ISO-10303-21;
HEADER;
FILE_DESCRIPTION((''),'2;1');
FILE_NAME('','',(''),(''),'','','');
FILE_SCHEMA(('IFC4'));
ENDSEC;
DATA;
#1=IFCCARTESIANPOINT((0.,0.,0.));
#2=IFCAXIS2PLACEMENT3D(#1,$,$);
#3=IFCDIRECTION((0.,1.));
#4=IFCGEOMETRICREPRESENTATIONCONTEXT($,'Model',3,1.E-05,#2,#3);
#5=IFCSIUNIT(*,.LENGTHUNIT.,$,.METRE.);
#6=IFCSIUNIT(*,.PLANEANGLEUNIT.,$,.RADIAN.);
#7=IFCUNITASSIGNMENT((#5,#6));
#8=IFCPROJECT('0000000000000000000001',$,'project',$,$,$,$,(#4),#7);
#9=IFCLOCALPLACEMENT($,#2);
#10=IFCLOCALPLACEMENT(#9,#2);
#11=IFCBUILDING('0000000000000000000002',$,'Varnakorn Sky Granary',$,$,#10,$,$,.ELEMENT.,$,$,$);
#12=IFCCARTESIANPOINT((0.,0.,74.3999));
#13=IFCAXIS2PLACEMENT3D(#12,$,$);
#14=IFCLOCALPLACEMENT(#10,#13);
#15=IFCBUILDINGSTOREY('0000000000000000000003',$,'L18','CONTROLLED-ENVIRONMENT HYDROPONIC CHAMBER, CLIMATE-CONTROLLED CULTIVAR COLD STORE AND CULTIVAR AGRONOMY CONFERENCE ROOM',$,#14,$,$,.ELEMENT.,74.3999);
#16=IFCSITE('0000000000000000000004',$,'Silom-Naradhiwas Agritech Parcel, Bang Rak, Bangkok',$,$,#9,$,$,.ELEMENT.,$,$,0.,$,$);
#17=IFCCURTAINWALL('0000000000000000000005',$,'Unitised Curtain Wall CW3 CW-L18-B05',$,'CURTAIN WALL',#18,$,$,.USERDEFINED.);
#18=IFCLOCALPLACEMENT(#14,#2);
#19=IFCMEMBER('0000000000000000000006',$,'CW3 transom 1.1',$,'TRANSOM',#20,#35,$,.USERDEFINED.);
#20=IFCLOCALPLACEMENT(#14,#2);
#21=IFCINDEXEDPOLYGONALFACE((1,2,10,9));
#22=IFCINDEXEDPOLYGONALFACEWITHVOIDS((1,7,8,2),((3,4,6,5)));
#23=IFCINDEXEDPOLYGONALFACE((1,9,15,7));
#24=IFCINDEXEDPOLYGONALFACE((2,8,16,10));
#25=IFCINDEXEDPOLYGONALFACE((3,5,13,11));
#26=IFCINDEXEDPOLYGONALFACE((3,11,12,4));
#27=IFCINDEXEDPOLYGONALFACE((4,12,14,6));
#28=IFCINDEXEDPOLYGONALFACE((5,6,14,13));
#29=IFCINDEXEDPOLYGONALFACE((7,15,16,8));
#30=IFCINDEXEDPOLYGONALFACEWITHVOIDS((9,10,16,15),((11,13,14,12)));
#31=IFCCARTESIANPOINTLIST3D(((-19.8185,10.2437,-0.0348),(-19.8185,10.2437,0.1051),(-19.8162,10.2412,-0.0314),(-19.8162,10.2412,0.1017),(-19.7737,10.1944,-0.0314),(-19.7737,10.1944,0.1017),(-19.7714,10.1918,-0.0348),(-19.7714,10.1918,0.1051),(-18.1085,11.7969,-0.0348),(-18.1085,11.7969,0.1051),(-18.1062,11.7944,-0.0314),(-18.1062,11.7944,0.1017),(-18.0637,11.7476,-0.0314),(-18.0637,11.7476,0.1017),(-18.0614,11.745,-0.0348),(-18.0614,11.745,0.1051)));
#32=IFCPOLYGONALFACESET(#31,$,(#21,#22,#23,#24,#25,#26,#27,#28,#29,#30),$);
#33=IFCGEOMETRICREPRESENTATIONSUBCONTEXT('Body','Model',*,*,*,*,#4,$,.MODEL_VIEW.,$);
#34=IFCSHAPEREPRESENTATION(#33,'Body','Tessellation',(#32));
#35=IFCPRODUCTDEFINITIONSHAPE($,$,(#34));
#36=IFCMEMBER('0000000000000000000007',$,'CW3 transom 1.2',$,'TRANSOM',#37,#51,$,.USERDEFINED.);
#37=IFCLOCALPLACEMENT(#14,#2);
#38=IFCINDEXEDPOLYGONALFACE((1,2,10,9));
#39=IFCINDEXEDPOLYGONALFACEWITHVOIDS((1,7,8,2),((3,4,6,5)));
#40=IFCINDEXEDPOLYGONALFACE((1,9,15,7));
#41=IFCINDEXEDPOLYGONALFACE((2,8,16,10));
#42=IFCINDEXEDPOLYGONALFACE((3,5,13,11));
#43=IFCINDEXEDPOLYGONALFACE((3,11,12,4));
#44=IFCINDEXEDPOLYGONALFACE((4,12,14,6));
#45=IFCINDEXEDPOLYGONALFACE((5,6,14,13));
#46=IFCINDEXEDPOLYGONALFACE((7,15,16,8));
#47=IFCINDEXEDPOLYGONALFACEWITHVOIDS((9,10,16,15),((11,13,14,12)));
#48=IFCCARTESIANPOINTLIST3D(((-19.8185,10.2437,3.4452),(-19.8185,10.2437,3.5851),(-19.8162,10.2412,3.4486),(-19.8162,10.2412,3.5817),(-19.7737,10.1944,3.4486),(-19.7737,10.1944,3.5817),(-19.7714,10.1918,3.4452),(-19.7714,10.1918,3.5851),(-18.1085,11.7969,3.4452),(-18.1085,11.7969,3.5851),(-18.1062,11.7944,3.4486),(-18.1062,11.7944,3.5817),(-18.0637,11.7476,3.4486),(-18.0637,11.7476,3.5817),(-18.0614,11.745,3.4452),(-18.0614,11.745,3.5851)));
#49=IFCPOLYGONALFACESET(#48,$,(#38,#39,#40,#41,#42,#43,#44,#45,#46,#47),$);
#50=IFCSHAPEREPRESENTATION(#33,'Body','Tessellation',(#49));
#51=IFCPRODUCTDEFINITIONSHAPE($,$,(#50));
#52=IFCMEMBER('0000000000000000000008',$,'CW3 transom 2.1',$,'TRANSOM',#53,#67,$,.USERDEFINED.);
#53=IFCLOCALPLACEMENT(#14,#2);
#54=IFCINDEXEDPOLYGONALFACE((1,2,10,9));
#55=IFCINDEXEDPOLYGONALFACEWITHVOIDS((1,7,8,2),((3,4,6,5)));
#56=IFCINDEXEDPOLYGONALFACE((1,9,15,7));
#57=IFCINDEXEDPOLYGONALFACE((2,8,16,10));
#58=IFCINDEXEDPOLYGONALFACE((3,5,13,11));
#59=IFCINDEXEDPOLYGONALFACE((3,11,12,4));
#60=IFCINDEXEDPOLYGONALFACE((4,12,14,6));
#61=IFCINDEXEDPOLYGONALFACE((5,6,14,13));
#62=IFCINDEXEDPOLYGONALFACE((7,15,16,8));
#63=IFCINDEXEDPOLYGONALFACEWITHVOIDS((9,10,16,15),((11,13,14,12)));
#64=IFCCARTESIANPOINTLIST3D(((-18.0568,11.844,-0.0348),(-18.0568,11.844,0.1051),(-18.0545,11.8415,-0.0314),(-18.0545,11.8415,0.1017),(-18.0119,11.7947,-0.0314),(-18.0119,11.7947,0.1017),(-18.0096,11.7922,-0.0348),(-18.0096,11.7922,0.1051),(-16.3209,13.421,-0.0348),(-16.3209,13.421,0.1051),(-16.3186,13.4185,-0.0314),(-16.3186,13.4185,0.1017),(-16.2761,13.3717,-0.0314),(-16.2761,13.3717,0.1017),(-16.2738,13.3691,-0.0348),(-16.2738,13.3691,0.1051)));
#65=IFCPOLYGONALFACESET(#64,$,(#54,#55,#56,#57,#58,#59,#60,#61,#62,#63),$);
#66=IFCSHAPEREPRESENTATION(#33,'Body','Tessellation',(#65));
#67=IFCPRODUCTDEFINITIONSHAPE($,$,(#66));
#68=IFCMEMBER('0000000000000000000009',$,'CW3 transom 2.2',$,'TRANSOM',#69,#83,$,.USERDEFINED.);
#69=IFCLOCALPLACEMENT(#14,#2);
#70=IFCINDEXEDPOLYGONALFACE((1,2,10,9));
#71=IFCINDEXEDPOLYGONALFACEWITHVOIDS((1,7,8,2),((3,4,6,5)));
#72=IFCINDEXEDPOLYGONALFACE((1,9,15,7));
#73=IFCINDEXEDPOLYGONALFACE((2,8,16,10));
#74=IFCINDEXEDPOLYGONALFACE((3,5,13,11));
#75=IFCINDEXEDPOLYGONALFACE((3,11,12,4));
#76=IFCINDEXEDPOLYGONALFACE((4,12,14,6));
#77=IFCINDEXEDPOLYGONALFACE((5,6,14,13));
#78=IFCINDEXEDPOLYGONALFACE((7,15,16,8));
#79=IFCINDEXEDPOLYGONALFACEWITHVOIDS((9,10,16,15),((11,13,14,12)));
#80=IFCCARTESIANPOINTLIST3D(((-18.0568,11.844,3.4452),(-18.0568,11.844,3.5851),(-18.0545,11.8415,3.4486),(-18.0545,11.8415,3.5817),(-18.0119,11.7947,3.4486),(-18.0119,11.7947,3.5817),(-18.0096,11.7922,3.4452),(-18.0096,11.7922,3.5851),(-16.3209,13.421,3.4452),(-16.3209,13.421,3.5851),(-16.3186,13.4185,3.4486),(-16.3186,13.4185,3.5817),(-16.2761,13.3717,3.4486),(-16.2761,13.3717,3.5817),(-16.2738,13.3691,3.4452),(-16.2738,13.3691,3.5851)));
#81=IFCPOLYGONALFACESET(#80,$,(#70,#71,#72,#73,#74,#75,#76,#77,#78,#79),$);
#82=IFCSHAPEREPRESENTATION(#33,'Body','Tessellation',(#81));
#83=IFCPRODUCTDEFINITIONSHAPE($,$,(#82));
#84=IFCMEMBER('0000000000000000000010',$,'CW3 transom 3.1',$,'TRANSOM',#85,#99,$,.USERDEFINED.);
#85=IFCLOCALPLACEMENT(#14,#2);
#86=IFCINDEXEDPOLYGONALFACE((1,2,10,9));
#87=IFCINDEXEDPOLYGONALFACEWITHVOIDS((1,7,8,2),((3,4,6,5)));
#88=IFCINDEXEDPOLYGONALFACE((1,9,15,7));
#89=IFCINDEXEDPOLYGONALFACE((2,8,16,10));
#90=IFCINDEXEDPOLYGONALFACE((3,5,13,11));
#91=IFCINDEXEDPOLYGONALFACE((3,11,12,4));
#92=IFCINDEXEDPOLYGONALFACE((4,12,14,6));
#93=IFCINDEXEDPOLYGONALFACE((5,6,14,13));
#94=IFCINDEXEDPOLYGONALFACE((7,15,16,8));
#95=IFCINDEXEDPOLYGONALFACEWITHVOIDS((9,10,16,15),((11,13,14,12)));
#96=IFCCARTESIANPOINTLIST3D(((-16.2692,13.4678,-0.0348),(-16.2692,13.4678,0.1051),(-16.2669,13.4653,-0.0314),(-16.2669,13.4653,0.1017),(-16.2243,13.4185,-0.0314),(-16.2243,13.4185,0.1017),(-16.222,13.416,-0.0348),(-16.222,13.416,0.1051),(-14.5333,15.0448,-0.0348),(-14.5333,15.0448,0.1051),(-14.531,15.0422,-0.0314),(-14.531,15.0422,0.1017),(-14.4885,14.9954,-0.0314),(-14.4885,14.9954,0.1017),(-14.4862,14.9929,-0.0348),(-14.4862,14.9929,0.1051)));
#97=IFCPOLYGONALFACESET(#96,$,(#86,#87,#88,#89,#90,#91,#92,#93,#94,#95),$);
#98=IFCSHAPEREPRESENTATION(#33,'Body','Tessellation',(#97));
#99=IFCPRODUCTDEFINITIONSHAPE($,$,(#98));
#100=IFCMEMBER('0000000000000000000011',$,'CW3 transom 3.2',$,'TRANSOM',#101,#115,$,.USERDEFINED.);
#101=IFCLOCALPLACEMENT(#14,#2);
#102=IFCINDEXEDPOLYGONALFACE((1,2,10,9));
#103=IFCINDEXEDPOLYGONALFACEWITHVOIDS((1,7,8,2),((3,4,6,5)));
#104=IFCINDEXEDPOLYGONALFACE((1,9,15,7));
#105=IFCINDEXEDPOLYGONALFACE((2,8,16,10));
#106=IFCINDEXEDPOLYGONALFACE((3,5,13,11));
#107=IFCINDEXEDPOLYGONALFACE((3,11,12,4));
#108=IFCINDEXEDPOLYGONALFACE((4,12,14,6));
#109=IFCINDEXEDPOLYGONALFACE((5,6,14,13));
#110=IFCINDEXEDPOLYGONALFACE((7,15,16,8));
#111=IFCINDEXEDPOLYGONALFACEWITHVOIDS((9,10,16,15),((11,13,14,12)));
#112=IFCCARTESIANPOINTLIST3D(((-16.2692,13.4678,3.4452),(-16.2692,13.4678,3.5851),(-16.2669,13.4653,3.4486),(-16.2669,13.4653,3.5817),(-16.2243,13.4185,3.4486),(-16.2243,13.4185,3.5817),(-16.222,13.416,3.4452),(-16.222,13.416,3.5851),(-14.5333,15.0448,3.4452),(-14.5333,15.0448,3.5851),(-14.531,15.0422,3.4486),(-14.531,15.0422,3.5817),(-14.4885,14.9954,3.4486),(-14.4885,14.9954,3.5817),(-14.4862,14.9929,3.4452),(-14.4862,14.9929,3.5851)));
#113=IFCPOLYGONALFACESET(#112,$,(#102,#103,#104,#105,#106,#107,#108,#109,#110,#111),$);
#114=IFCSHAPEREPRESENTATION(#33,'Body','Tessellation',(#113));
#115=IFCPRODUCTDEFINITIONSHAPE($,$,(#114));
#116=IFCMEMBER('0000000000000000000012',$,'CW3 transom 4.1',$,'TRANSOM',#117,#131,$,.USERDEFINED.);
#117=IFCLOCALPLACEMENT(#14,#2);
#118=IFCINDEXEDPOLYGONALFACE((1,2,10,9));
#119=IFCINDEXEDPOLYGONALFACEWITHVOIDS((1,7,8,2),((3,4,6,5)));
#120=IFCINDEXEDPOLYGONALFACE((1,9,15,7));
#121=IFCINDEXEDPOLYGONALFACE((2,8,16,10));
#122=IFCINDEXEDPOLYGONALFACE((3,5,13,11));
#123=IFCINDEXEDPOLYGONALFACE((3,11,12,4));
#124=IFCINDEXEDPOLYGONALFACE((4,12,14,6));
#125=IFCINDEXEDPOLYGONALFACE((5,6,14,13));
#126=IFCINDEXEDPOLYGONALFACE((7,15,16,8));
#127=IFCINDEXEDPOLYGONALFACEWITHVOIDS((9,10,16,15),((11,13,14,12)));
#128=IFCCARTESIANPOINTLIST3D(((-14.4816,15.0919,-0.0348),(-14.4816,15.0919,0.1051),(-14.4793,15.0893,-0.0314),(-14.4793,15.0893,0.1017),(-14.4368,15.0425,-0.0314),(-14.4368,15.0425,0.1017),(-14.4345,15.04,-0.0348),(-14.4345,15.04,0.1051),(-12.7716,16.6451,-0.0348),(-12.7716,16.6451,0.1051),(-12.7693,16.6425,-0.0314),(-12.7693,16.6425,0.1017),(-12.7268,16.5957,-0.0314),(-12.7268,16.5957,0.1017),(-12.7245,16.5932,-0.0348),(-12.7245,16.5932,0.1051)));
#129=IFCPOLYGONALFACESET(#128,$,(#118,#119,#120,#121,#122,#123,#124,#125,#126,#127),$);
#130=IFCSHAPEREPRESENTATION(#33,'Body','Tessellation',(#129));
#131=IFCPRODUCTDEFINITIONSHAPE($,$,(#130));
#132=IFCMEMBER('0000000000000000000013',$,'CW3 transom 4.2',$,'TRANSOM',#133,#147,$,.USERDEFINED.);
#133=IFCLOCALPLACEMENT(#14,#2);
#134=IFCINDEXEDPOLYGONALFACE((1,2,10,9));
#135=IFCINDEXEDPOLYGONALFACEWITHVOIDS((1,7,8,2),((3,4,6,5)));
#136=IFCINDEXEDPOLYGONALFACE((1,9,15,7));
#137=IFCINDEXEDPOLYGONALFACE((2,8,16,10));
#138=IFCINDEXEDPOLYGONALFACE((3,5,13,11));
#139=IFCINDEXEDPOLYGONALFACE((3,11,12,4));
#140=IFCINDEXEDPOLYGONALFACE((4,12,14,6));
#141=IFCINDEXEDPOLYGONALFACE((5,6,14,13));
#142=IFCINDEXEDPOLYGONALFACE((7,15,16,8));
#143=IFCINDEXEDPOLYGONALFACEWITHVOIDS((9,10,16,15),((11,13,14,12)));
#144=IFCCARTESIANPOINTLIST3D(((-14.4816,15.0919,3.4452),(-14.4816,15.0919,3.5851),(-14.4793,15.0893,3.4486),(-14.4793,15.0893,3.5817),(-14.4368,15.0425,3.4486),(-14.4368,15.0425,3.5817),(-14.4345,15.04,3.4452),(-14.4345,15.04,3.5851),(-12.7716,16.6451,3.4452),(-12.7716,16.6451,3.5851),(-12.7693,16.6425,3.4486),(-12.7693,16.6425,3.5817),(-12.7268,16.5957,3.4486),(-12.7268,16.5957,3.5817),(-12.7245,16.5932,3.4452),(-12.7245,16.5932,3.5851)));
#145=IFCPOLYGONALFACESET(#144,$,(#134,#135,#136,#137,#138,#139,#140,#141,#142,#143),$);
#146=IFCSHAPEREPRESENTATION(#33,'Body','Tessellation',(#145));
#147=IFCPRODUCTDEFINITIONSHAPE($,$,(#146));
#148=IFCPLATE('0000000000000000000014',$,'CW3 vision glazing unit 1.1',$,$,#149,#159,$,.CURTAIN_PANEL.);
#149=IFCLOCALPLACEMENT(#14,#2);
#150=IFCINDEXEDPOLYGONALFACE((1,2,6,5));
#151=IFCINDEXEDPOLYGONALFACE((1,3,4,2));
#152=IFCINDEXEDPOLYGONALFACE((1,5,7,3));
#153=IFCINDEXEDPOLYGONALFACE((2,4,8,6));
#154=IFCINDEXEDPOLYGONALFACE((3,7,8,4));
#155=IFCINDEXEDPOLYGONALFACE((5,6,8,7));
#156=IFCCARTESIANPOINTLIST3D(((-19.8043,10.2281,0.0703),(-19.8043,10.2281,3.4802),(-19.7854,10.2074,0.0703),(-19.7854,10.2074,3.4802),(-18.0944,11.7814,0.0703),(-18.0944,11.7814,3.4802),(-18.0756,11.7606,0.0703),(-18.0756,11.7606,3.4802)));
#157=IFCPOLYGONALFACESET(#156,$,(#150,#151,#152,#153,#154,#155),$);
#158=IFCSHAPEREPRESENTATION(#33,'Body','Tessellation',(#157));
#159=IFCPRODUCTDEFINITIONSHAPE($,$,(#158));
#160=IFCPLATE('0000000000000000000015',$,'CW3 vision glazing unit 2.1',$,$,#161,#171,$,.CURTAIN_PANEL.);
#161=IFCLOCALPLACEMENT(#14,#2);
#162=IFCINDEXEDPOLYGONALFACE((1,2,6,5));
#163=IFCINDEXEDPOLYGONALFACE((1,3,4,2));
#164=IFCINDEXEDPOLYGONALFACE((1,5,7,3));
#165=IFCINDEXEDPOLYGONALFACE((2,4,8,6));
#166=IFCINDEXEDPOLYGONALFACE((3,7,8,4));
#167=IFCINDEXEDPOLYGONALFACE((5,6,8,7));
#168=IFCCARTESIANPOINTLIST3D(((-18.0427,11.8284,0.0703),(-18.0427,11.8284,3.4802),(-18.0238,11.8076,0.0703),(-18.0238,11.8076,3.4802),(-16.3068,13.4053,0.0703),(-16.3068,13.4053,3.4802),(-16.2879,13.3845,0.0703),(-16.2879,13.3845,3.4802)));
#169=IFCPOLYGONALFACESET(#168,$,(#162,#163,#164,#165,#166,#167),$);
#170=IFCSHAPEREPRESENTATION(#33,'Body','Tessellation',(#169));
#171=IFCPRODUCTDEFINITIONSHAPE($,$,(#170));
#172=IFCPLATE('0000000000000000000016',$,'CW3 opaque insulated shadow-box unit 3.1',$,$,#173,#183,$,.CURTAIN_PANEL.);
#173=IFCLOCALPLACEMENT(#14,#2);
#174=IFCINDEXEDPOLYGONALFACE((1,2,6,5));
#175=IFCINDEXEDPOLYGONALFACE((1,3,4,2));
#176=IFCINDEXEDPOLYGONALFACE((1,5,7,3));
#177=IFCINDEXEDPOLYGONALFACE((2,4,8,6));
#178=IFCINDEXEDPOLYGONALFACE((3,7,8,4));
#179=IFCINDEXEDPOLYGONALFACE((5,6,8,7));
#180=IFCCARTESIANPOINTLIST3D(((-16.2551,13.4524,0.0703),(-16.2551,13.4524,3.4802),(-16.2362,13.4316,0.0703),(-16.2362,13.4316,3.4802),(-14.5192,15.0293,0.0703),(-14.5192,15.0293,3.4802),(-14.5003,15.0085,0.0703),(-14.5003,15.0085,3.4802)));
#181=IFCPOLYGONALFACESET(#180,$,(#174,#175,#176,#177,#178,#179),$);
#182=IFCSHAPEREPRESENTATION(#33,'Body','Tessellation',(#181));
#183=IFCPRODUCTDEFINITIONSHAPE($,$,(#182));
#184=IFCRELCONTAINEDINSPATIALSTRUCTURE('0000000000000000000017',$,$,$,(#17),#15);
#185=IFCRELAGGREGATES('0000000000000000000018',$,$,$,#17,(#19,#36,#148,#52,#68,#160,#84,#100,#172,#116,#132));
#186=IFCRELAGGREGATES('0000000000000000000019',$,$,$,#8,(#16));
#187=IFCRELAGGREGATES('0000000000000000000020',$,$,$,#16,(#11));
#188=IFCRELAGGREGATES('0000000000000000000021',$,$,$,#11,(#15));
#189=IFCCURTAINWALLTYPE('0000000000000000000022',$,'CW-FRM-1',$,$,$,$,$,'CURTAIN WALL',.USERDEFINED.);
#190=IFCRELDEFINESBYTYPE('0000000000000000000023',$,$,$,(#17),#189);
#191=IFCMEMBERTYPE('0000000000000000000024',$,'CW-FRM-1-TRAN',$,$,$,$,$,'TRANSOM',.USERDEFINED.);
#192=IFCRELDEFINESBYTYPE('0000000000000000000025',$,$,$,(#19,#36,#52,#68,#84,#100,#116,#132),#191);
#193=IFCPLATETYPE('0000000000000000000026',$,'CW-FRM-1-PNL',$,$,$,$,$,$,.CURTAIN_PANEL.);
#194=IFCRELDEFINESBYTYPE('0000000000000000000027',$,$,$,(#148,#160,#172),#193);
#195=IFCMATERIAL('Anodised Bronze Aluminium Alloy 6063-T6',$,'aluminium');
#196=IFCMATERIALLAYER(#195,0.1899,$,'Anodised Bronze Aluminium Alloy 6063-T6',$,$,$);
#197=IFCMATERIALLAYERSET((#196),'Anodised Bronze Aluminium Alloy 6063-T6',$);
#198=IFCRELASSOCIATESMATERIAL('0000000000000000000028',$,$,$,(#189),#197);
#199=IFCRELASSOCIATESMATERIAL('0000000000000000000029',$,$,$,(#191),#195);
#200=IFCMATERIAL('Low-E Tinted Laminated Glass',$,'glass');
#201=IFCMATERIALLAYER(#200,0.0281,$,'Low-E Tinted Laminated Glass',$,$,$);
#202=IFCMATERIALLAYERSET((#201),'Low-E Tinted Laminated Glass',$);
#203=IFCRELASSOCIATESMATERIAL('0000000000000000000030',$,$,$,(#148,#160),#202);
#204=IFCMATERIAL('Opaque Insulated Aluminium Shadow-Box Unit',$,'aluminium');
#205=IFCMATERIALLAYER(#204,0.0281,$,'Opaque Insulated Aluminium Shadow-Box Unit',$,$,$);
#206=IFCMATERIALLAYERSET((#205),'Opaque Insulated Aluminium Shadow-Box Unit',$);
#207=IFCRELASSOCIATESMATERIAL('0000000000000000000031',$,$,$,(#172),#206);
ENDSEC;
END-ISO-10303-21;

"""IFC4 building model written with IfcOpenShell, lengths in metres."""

from ifc_helpers import new_model, si_unit, direction, frame, origin, origin_2d, place, context, subcontext, project, spatial, rectangle, hollow_rectangle, extrude, source, transform, mapped, material, layer, layer_set, material_profile, profile_set, type_object, type_shapes, element, aggregate, save


model = new_model("IFC4")

# Units and contexts
model_context = context("Model", 3, precision=1e-05, world=origin(), true_north=direction((0.0, 1.0)))
body_context = subcontext(model_context, "Body", "Model", "MODEL_VIEW")
ifc_project = project(units=[si_unit("LENGTHUNIT", "METRE"), si_unit("PLANEANGLEUNIT", "RADIAN")], contexts=[model_context])

# Site, building, storey
site_placement = place(None, origin())
site = spatial("IfcSite", under=ifc_project, at=site_placement, Name="Silom-Naradhiwas Agritech Parcel, Bang Rak, Bangkok", CompositionType="ELEMENT", RefElevation=0.0)
building_placement = place(site_placement, origin())
building = spatial("IfcBuilding", under=site, at=building_placement, Name="Varnakorn Sky Granary", CompositionType="ELEMENT")
storey_placement = place(building_placement, frame((0.0, 0.0, 74.3999)))
storey = spatial("IfcBuildingStorey", under=building, at=storey_placement, Name="L18", Description="CONTROLLED-ENVIRONMENT HYDROPONIC CHAMBER, CLIMATE-CONTROLLED CULTIVAR COLD STORE AND CULTIVAR AGRONOMY CONFERENCE ROOM", CompositionType="ELEMENT", Elevation=74.3999)

# Curtain wall, members, plates
ifc_material_1 = material(Name="Anodised Bronze Aluminium Alloy 6063-T6", Category="aluminium")
ifc_layer_1 = layer(ifc_material_1, 0.1899, Name="Anodised Bronze Aluminium Alloy 6063-T6")
ifc_layer_set_1 = layer_set([ifc_layer_1], Name="Anodised Bronze Aluminium Alloy 6063-T6")
curtain_wall_type = type_object("IfcCurtainWallType", Name="CW-FRM-1", ElementType="CURTAIN WALL", PredefinedType="USERDEFINED", material=ifc_layer_set_1)
curtain_wall_placement = place(storey_placement, origin())
curtain_wall = element("IfcCurtainWall", 1, at=curtain_wall_placement, inside=storey, type_object=curtain_wall_type, Name="Unitised Curtain Wall CW3 CW-L18-B05", ObjectType="CURTAIN WALL", PredefinedType="USERDEFINED")
ifc_material_profile_1 = material_profile(ifc_material_1, hollow_rectangle(XDim=0.0701, YDim=0.1399, WallThickness=0.0034, at=origin_2d()), Name="ALU TRAN 70x140")
ifc_profile_set_1 = profile_set([ifc_material_profile_1], Name="Anodised Bronze Aluminium Alloy 6063-T6")
member_type_1 = type_object("IfcMemberType", Name="CW-FRM-1-TRAN", ElementType="TRANSOM", PredefinedType="USERDEFINED", material=ifc_profile_set_1)
member_1_placement = place(storey_placement, frame((-19.7949, 10.2178, 0.0352), z_axis=(0.740217, 0.672368, 0.0), x_axis=(-0.672368, 0.740217, 0.0)))
member_1 = element("IfcMember", 2, at=member_1_placement, type_object=member_type_1, Name="CW3 transom 1.1", ObjectType="TRANSOM", PredefinedType="USERDEFINED", context=body_context, shape_type="SweptSolid", body=[
    extrude(hollow_rectangle(XDim=0.0701, YDim=0.1399, WallThickness=0.0034, at=origin_2d()), origin(), (0.0, 0.0, 1.0), 2.3101),
])
member_2_placement = place(storey_placement, frame((-19.7949, 10.2178, 3.5151), z_axis=(0.740217, 0.672368, 0.0), x_axis=(-0.672368, 0.740217, 0.0)))
member_2 = element("IfcMember", 3, at=member_2_placement, type_object=member_type_1, Name="CW3 transom 1.2", ObjectType="TRANSOM", PredefinedType="USERDEFINED", context=body_context, shape_type="SweptSolid", body=[
    extrude(hollow_rectangle(XDim=0.0701, YDim=0.1399, WallThickness=0.0034, at=origin_2d()), origin(), (0.0, 0.0, 1.0), 2.3101),
])
member_3_placement = place(storey_placement, frame((-18.0332, 11.8181, 0.0352), z_axis=(0.74018, 0.672408, 0.0), x_axis=(-0.672408, 0.74018, 0.0)))
member_3 = element("IfcMember", 4, at=member_3_placement, type_object=member_type_1, Name="CW3 transom 2.1", ObjectType="TRANSOM", PredefinedType="USERDEFINED", context=body_context, shape_type="SweptSolid", body=[
    extrude(hollow_rectangle(XDim=0.0701, YDim=0.1399, WallThickness=0.0034, at=origin_2d()), origin(), (0.0, 0.0, 1.0), 2.3452),
])
member_4_placement = place(storey_placement, frame((-18.0332, 11.8181, 3.5151), z_axis=(0.74018, 0.672408, 0.0), x_axis=(-0.672408, 0.74018, 0.0)))
member_4 = element("IfcMember", 5, at=member_4_placement, type_object=member_type_1, Name="CW3 transom 2.2", ObjectType="TRANSOM", PredefinedType="USERDEFINED", context=body_context, shape_type="SweptSolid", body=[
    extrude(hollow_rectangle(XDim=0.0701, YDim=0.1399, WallThickness=0.0034, at=origin_2d()), origin(), (0.0, 0.0, 1.0), 2.3452),
])
member_5_placement = place(storey_placement, frame((-16.2456, 13.4419, 0.0352), z_axis=(0.74018, 0.672408, 0.0), x_axis=(-0.672408, 0.74018, 0.0)))
member_5 = element("IfcMember", 6, at=member_5_placement, type_object=member_type_1, Name="CW3 transom 3.1", ObjectType="TRANSOM", PredefinedType="USERDEFINED", context=body_context, shape_type="SweptSolid", body=[
    extrude(hollow_rectangle(XDim=0.0701, YDim=0.1399, WallThickness=0.0034, at=origin_2d()), origin(), (0.0, 0.0, 1.0), 2.3452),
])
member_6_placement = place(storey_placement, frame((-16.2456, 13.4419, 3.5151), z_axis=(0.74018, 0.672408, 0.0), x_axis=(-0.672408, 0.74018, 0.0)))
member_6 = element("IfcMember", 7, at=member_6_placement, type_object=member_type_1, Name="CW3 transom 3.2", ObjectType="TRANSOM", PredefinedType="USERDEFINED", context=body_context, shape_type="SweptSolid", body=[
    extrude(hollow_rectangle(XDim=0.0701, YDim=0.1399, WallThickness=0.0034, at=origin_2d()), origin(), (0.0, 0.0, 1.0), 2.3452),
])
member_7_placement = place(storey_placement, frame((-14.458, 15.0659, 0.0352), z_axis=(0.740217, 0.672368, 0.0), x_axis=(-0.672368, 0.740217, 0.0)))
member_7 = element("IfcMember", 8, at=member_7_placement, type_object=member_type_1, Name="CW3 transom 4.1", ObjectType="TRANSOM", PredefinedType="USERDEFINED", context=body_context, shape_type="SweptSolid", body=[
    extrude(hollow_rectangle(XDim=0.0701, YDim=0.1399, WallThickness=0.0034, at=origin_2d()), origin(), (0.0, 0.0, 1.0), 2.3101),
])
member_8_placement = place(storey_placement, frame((-14.458, 15.0659, 3.5151), z_axis=(0.740217, 0.672368, 0.0), x_axis=(-0.672368, 0.740217, 0.0)))
member_8 = element("IfcMember", 9, at=member_8_placement, type_object=member_type_1, Name="CW3 transom 4.2", ObjectType="TRANSOM", PredefinedType="USERDEFINED", context=body_context, shape_type="SweptSolid", body=[
    extrude(hollow_rectangle(XDim=0.0701, YDim=0.1399, WallThickness=0.0034, at=origin_2d()), origin(), (0.0, 0.0, 1.0), 2.3101),
])
ifc_material_2 = material(Name="Low-E Tinted Laminated Glass", Category="glass")
ifc_layer_2 = layer(ifc_material_2, 0.0281, Name="Low-E Tinted Laminated Glass")
ifc_layer_set_2 = layer_set([ifc_layer_2], Name="Low-E Tinted Laminated Glass")
plate_type = type_object("IfcPlateType", Name="CW-FRM-1-PNL", PredefinedType="CURTAIN_PANEL")
shared_shape_1 = source(origin(), body_context, "Body", "SweptSolid", [
    extrude(rectangle(XDim=2.3101, YDim=0.0281, at=origin_2d()), origin(), (0.0, 0.0, 1.0), 3.4099),
])
plate_1_placement = place(storey_placement, frame((-18.9399, 10.9944, 0.0703), z_axis=(0.0, 0.0, 1.0), x_axis=(0.74019, 0.672398, 0.0)))
plate_1 = element("IfcPlate", 10, at=plate_1_placement, type_object=plate_type, material=ifc_layer_set_2, Name="CW3 vision glazing unit 1.1", PredefinedType="CURTAIN_PANEL", context=body_context, shape_type="MappedRepresentation", body=[
    mapped(shared_shape_1, transform((0.0, 0.0, 0.0), x_axis=(1.0, 0.0, 0.0), y_axis=(0.0, 1.0, 0.0), z_axis=(0.0, 0.0, 1.0), scale=1.0)),
])
shared_shape_2 = source(origin(), body_context, "Body", "SweptSolid", [
    extrude(rectangle(XDim=2.3452, YDim=0.0281, at=origin_2d()), origin(), (0.0, 0.0, 1.0), 3.4099),
])
type_shapes(plate_type, [shared_shape_1, shared_shape_2])
plate_2_placement = place(storey_placement, frame((-17.1653, 12.6064, 0.0703), z_axis=(0.0, 0.0, 1.0), x_axis=(0.74019, 0.672398, 0.0)))
plate_2 = element("IfcPlate", 11, at=plate_2_placement, type_object=plate_type, material=ifc_layer_set_2, Name="CW3 vision glazing unit 2.1", PredefinedType="CURTAIN_PANEL", context=body_context, shape_type="MappedRepresentation", body=[
    mapped(shared_shape_2, transform((0.0, 0.0, 0.0), x_axis=(1.0, 0.0, 0.0), y_axis=(0.0, 1.0, 0.0), z_axis=(0.0, 0.0, 1.0), scale=1.0)),
])
ifc_material_3 = material(Name="Opaque Insulated Aluminium Shadow-Box Unit", Category="aluminium")
ifc_layer_3 = layer(ifc_material_3, 0.0281, Name="Opaque Insulated Aluminium Shadow-Box Unit")
ifc_layer_set_3 = layer_set([ifc_layer_3], Name="Opaque Insulated Aluminium Shadow-Box Unit")
plate_3_placement = place(storey_placement, frame((-15.3777, 14.2305, 0.0703), z_axis=(0.0, 0.0, 1.0), x_axis=(0.74019, 0.672398, 0.0)))
plate_3 = element("IfcPlate", 12, at=plate_3_placement, type_object=plate_type, material=ifc_layer_set_3, Name="CW3 opaque insulated shadow-box unit 3.1", PredefinedType="CURTAIN_PANEL", context=body_context, shape_type="MappedRepresentation", body=[
    mapped(shared_shape_2, transform((0.0, 0.0, 0.0), x_axis=(1.0, 0.0, 0.0), y_axis=(0.0, 1.0, 0.0), z_axis=(0.0, 0.0, 1.0), scale=1.0)),
])
aggregate(curtain_wall, [member_1, member_2, plate_1, member_3, member_4, plate_2, member_5, member_6, plate_3, member_7, member_8])

save(model, "model.ifc")
